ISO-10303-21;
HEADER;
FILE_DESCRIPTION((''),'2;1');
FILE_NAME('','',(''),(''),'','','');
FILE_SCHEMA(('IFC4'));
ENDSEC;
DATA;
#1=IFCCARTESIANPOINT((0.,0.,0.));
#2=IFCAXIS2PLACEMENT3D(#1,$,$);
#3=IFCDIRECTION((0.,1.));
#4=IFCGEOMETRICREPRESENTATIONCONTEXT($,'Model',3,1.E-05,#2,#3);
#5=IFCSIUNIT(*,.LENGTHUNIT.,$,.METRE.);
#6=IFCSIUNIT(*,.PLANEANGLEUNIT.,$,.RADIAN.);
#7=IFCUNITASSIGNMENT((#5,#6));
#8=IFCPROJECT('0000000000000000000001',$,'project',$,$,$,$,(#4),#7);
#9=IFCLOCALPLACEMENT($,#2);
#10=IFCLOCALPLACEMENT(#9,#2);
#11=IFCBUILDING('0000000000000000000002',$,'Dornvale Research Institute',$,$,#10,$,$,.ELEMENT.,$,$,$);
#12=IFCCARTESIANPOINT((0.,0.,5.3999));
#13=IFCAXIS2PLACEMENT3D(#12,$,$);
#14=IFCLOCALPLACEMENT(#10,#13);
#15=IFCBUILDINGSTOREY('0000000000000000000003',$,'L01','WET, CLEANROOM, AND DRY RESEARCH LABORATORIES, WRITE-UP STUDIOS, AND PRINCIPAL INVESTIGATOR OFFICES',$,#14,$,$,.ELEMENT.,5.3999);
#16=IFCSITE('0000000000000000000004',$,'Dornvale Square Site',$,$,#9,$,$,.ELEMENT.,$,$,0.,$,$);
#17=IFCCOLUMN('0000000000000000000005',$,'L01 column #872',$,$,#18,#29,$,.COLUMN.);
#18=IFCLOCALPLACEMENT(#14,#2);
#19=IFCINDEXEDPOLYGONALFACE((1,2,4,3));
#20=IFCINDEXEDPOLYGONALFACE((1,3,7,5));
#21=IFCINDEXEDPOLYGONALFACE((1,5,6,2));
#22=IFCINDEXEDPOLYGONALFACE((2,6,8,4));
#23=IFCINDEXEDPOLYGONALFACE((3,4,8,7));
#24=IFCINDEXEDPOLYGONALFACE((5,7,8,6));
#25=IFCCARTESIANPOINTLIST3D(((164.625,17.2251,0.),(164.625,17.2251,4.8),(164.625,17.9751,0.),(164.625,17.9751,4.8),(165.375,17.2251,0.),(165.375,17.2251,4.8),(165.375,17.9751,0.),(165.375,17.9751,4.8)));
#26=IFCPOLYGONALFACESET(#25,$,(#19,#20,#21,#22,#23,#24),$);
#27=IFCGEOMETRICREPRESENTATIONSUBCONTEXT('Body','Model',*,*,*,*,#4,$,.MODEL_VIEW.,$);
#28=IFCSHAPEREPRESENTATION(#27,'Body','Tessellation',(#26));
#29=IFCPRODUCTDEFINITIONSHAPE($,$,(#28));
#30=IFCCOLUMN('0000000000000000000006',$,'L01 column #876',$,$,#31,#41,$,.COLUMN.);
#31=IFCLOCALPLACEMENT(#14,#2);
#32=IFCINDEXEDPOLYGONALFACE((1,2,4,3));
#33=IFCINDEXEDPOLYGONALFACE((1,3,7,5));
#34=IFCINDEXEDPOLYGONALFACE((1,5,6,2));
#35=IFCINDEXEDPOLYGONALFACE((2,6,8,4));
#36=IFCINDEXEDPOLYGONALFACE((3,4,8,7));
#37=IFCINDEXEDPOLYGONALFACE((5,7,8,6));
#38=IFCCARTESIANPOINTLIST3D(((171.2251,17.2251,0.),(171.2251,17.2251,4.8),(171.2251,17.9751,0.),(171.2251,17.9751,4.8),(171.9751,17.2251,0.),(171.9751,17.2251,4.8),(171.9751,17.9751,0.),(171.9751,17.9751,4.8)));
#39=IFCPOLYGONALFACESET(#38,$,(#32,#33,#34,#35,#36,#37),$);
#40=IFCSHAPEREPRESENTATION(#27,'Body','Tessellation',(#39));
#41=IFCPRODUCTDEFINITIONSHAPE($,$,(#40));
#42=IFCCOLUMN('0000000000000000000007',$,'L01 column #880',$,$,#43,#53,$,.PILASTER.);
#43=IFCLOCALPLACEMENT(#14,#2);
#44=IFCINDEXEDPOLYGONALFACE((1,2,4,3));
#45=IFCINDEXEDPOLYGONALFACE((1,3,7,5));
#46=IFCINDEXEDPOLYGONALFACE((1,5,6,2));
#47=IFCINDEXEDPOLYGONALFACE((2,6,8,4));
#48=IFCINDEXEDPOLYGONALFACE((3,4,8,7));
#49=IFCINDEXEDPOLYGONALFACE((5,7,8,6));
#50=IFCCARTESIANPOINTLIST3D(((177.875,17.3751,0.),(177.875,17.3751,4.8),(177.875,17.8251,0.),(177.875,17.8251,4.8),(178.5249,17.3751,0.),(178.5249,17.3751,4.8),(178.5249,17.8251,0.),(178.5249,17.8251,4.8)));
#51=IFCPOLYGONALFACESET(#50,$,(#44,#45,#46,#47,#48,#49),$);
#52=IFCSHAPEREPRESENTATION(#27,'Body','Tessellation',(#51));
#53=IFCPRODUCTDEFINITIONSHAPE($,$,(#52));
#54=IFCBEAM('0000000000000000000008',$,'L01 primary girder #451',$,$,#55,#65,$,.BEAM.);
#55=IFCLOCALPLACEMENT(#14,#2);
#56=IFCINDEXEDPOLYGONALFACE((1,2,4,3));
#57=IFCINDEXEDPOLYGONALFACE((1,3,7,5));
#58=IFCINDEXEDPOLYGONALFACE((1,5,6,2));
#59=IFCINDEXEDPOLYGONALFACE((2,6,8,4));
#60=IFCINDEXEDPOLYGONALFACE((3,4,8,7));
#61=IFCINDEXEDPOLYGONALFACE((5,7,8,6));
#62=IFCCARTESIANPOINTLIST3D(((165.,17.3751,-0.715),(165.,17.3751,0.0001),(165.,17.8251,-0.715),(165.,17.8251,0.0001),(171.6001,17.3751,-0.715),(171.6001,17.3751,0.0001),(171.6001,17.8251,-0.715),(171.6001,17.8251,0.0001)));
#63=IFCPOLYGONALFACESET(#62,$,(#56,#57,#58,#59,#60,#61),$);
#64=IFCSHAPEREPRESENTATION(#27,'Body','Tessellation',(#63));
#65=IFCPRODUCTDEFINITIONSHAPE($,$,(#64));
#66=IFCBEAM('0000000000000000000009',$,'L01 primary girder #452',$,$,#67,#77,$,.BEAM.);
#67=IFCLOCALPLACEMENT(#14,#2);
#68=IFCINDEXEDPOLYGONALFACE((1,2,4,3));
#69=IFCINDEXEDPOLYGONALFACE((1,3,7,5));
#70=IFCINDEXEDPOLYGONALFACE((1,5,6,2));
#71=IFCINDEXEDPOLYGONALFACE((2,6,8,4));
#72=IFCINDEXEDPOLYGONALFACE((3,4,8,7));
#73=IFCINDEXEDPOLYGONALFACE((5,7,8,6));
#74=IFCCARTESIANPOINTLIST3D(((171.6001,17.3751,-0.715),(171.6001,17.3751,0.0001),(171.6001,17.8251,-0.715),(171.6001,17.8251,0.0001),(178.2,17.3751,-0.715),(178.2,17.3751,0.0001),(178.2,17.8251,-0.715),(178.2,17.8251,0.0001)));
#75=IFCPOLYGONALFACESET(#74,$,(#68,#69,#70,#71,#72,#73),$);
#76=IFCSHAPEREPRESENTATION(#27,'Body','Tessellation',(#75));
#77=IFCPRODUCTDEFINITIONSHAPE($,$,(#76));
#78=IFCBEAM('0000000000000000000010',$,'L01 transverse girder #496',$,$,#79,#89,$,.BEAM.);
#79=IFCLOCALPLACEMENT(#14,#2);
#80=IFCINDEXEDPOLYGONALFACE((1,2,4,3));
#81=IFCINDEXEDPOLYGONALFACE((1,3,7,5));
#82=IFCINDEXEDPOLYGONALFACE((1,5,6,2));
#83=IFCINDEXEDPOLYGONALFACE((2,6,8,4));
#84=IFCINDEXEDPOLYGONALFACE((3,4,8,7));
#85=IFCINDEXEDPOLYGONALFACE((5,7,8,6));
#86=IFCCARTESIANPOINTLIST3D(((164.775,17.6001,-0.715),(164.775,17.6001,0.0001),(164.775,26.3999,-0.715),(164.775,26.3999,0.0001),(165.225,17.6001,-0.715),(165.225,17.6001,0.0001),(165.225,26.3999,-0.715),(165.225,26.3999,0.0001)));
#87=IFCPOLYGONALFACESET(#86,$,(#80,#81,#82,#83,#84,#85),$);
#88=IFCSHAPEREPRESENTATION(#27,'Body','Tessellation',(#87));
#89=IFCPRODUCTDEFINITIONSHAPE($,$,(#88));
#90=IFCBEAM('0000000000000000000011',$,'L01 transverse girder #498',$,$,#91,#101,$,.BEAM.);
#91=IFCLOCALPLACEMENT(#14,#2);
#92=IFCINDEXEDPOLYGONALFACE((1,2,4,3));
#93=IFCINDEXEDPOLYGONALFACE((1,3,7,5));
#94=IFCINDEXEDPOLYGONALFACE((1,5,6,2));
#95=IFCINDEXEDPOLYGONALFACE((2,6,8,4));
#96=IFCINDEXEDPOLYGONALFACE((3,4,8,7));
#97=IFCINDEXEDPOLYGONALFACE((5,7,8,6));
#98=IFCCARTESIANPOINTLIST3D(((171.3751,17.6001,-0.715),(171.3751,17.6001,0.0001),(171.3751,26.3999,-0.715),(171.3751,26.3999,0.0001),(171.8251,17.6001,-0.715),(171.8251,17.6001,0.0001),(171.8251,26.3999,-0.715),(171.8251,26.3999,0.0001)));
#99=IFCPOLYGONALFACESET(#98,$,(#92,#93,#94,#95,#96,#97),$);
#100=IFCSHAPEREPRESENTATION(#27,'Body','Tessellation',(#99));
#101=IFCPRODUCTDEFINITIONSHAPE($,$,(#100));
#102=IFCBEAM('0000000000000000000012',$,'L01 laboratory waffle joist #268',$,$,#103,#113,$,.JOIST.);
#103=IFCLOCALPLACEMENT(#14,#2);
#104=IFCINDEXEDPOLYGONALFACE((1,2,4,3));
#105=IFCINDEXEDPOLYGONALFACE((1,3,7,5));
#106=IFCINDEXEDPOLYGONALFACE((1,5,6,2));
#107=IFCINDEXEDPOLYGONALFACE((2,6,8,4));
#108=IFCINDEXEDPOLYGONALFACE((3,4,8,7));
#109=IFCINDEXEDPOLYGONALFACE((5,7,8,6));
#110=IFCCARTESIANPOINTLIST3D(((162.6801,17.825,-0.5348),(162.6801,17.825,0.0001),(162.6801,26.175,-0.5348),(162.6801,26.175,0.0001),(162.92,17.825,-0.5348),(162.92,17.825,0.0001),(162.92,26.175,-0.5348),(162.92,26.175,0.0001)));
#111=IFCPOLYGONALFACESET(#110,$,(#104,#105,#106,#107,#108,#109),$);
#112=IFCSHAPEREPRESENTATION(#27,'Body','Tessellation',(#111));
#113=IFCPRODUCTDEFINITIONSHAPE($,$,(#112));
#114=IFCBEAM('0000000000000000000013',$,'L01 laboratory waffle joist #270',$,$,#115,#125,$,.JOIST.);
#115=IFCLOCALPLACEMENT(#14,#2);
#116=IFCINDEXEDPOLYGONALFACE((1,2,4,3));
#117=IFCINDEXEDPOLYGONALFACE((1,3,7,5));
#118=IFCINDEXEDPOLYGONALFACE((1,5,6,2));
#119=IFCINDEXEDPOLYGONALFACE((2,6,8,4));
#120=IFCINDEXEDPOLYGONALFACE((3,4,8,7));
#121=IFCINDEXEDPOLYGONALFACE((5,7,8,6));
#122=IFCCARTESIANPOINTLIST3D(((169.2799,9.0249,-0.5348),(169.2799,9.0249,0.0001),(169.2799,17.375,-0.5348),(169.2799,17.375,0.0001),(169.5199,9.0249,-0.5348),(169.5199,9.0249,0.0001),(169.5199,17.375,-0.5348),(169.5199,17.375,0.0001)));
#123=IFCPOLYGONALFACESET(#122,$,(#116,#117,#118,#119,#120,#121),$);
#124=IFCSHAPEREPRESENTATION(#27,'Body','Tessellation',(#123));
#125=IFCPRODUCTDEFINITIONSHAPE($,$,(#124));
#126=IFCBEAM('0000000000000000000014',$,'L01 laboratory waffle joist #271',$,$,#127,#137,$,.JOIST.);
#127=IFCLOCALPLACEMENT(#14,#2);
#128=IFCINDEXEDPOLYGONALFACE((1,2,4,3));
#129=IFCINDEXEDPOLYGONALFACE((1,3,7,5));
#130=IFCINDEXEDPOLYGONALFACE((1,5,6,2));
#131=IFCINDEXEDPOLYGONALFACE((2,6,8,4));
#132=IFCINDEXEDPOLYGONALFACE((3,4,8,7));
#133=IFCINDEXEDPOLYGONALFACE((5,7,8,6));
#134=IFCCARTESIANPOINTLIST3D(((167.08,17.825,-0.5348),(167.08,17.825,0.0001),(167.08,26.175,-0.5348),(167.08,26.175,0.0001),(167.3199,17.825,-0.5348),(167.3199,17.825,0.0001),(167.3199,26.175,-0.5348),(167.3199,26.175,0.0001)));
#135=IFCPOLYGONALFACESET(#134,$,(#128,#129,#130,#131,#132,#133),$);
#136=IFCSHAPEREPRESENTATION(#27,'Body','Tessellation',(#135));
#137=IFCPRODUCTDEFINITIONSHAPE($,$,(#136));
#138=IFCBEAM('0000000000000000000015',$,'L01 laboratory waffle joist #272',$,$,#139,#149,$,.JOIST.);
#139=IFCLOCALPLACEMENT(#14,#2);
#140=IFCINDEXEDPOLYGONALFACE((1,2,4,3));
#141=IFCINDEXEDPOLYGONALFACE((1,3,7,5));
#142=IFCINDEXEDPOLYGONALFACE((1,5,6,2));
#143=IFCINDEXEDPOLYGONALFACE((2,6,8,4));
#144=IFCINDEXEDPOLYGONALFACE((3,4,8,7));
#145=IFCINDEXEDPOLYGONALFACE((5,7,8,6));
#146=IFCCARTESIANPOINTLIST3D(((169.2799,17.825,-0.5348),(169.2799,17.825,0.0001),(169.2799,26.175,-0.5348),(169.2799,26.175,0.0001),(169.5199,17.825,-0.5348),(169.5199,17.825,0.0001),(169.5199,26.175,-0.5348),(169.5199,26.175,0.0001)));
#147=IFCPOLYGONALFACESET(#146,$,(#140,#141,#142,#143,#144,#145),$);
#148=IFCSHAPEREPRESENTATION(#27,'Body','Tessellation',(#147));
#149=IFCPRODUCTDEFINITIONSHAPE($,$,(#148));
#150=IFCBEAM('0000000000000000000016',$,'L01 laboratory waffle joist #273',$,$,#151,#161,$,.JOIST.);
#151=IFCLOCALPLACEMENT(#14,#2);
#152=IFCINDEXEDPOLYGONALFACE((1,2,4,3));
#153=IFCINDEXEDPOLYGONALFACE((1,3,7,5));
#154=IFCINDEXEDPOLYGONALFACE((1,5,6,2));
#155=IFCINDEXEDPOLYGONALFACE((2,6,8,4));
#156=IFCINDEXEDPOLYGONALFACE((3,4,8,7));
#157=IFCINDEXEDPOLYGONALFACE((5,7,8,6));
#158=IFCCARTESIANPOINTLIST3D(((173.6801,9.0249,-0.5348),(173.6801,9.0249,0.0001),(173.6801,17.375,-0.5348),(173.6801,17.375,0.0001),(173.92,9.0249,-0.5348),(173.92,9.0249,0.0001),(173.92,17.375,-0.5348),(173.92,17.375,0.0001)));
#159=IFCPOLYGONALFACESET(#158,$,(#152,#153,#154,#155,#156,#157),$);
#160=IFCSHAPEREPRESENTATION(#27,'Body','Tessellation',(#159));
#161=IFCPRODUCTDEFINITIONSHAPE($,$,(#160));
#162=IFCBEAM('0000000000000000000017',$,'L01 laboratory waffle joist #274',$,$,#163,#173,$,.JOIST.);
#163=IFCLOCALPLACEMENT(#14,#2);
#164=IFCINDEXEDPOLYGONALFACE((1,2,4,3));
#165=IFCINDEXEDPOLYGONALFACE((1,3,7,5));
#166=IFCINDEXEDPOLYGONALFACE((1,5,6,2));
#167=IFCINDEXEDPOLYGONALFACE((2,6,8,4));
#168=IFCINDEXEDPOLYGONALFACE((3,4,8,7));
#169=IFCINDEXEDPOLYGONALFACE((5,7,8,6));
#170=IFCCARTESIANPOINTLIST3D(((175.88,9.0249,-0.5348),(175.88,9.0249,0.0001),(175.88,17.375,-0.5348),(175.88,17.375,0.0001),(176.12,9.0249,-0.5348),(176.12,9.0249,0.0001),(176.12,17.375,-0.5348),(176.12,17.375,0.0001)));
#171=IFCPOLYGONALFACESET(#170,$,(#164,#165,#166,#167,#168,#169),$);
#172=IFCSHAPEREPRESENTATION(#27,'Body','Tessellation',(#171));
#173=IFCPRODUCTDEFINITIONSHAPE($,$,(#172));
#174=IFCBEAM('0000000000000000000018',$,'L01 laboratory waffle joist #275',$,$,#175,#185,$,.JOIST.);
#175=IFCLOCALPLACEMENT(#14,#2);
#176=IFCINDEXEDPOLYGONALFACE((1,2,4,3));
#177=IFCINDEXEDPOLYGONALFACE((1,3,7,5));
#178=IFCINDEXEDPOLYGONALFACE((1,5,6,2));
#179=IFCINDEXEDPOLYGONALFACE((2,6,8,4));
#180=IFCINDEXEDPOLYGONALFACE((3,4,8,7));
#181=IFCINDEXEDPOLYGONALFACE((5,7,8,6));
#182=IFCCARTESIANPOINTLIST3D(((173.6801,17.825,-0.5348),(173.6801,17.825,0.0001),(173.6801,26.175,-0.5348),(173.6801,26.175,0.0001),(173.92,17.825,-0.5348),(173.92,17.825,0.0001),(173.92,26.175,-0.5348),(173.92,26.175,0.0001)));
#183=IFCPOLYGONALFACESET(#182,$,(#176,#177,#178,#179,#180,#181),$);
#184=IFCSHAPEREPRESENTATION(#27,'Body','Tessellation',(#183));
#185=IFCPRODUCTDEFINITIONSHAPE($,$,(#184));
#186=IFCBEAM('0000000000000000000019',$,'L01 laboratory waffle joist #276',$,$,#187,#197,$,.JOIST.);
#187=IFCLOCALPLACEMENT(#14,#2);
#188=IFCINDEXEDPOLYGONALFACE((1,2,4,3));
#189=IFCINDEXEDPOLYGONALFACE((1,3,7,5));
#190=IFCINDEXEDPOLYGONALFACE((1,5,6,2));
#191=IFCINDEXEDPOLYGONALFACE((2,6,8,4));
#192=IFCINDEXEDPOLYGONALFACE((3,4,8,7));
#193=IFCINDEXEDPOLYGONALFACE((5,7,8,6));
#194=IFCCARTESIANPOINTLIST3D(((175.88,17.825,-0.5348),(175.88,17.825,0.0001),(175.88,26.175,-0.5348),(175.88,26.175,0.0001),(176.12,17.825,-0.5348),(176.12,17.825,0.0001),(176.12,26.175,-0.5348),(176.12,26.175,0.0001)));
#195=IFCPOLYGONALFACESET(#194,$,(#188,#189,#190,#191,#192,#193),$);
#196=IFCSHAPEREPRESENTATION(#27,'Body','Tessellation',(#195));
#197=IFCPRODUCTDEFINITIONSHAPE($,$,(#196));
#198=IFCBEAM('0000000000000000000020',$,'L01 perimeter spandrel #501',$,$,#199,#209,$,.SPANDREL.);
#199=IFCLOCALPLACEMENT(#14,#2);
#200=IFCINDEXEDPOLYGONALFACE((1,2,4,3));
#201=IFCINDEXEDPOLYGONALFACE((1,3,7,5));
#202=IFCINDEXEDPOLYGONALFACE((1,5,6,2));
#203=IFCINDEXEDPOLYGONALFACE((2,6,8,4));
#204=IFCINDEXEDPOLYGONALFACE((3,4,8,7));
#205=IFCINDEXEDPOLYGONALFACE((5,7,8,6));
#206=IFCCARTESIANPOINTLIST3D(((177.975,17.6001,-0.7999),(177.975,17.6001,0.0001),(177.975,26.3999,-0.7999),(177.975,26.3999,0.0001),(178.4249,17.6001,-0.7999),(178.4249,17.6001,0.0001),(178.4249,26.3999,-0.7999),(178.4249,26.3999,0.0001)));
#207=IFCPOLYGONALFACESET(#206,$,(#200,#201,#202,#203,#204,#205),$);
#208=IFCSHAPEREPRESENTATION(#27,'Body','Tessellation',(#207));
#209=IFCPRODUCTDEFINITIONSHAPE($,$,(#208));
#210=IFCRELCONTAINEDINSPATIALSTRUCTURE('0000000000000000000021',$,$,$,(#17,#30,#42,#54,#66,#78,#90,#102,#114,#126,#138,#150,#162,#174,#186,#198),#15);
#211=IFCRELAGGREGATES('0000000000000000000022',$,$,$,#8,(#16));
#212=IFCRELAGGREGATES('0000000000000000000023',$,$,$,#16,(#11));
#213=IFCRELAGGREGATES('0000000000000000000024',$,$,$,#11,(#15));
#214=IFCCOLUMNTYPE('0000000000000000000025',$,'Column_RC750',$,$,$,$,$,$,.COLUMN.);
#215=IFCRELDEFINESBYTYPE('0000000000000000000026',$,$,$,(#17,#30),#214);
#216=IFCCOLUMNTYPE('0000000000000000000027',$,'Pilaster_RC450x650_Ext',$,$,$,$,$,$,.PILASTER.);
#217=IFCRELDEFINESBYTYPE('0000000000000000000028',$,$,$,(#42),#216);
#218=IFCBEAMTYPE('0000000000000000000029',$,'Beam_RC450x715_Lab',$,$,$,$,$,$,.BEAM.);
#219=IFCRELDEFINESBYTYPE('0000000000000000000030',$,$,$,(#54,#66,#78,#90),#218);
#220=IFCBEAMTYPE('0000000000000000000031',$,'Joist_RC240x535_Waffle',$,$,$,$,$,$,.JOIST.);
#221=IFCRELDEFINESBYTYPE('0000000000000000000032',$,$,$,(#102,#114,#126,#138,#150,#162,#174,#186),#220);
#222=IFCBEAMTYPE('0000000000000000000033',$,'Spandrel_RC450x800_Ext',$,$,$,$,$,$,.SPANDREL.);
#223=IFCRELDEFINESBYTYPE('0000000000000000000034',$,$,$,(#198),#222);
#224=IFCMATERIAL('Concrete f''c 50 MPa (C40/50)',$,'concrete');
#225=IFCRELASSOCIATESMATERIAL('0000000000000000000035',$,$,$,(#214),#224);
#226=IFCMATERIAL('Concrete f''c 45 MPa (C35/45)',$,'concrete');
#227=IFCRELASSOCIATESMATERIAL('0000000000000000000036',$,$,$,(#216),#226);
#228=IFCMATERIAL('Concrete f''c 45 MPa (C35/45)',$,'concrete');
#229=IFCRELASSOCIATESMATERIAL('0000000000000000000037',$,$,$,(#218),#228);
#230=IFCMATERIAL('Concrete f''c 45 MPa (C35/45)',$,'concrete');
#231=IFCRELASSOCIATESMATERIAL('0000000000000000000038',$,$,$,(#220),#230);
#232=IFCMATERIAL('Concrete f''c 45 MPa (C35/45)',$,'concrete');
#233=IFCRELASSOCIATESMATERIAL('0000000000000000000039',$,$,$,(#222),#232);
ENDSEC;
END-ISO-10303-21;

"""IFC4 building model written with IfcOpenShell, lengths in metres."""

from ifc_helpers import new_model, si_unit, direction, frame, origin, origin_2d, place, context, subcontext, project, spatial, rectangle, extrude, material, material_profile, profile_set, type_object, element, save


model = new_model("IFC4")

# Units and contexts
model_context = context("Model", 3, precision=1e-05, world=origin(), true_north=direction((0.0, 1.0)))
body_context = subcontext(model_context, "Body", "Model", "MODEL_VIEW")
ifc_project = project(units=[si_unit("LENGTHUNIT", "METRE"), si_unit("PLANEANGLEUNIT", "RADIAN")], contexts=[model_context])

# Site, building, storey
site_placement = place(None, origin())
site = spatial("IfcSite", under=ifc_project, at=site_placement, Name="Dornvale Square Site", CompositionType="ELEMENT", RefElevation=0.0)
building_placement = place(site_placement, origin())
building = spatial("IfcBuilding", under=site, at=building_placement, Name="Dornvale Research Institute", CompositionType="ELEMENT")
storey_placement = place(building_placement, frame((0.0, 0.0, 5.3999)))
storey = spatial("IfcBuildingStorey", under=building, at=storey_placement, Name="L01", Description="WET, CLEANROOM, AND DRY RESEARCH LABORATORIES, WRITE-UP STUDIOS, AND PRINCIPAL INVESTIGATOR OFFICES", CompositionType="ELEMENT", Elevation=5.3999)

# Columns
ifc_material_1 = material(Name="Concrete f'c 50 MPa (C40/50)", Category="concrete")
ifc_material_profile_1 = material_profile(ifc_material_1, rectangle(XDim=0.75, YDim=0.75, at=origin_2d()), Name="RC 750x750")
ifc_profile_set_1 = profile_set([ifc_material_profile_1], Name="Concrete f'c 50 MPa (C40/50)")
column_type_1 = type_object("IfcColumnType", Name="Column_RC750", PredefinedType="COLUMN", material=ifc_profile_set_1)
for number, where, z_axis, x_axis, name in (
    (1, (165.0, 17.6001, 0.0), (0.0, 0.0, 1.0), (1.0, 0.0, 0.0), "L01 column #872"),
    (2, (171.6001, 17.6001, 0.0), (0.0, 0.0, 1.0), (1.0, 0.0, 0.0), "L01 column #876"),
):
    element("IfcColumn", number, at=place(storey_placement, frame(where, z_axis=z_axis, x_axis=x_axis)), inside=storey, type_object=column_type_1, Name=name, PredefinedType="COLUMN", context=body_context, shape_type="SweptSolid", body=[
        extrude(rectangle(XDim=0.75, YDim=0.75, at=origin_2d()), origin(), (0.0, 0.0, 1.0), 4.8),
    ])
ifc_material_2 = material(Name="Concrete f'c 45 MPa (C35/45)", Category="concrete")
ifc_material_profile_2 = material_profile(ifc_material_2, rectangle(XDim=0.45, YDim=0.6499, at=origin_2d()), Name="RC 450x650")
ifc_profile_set_2 = profile_set([ifc_material_profile_2], Name="Concrete f'c 45 MPa (C35/45)")
column_type_2 = type_object("IfcColumnType", Name="Pilaster_RC450x650_Ext", PredefinedType="PILASTER", material=ifc_profile_set_2)
column_placement = place(storey_placement, frame((178.2, 17.6001, 0.0), z_axis=(0.0, 0.0, 1.0), x_axis=(0.0, 1.0, 0.0)))
element("IfcColumn", 3, at=column_placement, inside=storey, type_object=column_type_2, Name="L01 column #880", PredefinedType="PILASTER", context=body_context, shape_type="SweptSolid", body=[
    extrude(rectangle(XDim=0.45, YDim=0.6499, at=origin_2d()), origin(), (0.0, 0.0, 1.0), 4.8),
])

# Beams
ifc_material_3 = material(Name="Concrete f'c 45 MPa (C35/45)", Category="concrete")
ifc_material_profile_3 = material_profile(ifc_material_3, rectangle(XDim=0.45, YDim=0.7151, at=origin_2d()), Name="RC 450x715")
ifc_profile_set_3 = profile_set([ifc_material_profile_3], Name="Concrete f'c 45 MPa (C35/45)")
beam_type_1 = type_object("IfcBeamType", Name="Beam_RC450x715_Lab", PredefinedType="BEAM", material=ifc_profile_set_3)
beam_1_placement = place(storey_placement, frame((165.0, 17.6001, -0.3574), z_axis=(1.0, 0.0, 0.0), x_axis=(0.0, 1.0, 0.0)))
element("IfcBeam", 4, at=beam_1_placement, inside=storey, type_object=beam_type_1, Name="L01 primary girder #451", PredefinedType="BEAM", context=body_context, shape_type="SweptSolid", body=[
    extrude(rectangle(XDim=0.45, YDim=0.7151, at=origin_2d()), origin(), (0.0, 0.0, 1.0), 6.6001),
])
beam_2_placement = place(storey_placement, frame((171.6001, 17.6001, -0.3574), z_axis=(1.0, 0.0, 0.0), x_axis=(0.0, 1.0, 0.0)))
element("IfcBeam", 5, at=beam_2_placement, inside=storey, type_object=beam_type_1, Name="L01 primary girder #452", PredefinedType="BEAM", context=body_context, shape_type="SweptSolid", body=[
    extrude(rectangle(XDim=0.45, YDim=0.7151, at=origin_2d()), origin(), (0.0, 0.0, 1.0), 6.5999),
])
for number, where, z_axis, x_axis, name in (
    (6, (165.0, 17.6001, -0.3574), (0.0, 1.0, 0.0), (-1.0, 0.0, 0.0), "L01 transverse girder #496"),
    (7, (171.6001, 17.6001, -0.3574), (0.0, 1.0, 0.0), (-1.0, 0.0, 0.0), "L01 transverse girder #498"),
):
    element("IfcBeam", number, at=place(storey_placement, frame(where, z_axis=z_axis, x_axis=x_axis)), inside=storey, type_object=beam_type_1, Name=name, PredefinedType="BEAM", context=body_context, shape_type="SweptSolid", body=[
        extrude(rectangle(XDim=0.45, YDim=0.7151, at=origin_2d()), origin(), (0.0, 0.0, 1.0), 8.7998),
    ])
ifc_material_4 = material(Name="Concrete f'c 45 MPa (C35/45)", Category="concrete")
ifc_material_profile_4 = material_profile(ifc_material_4, rectangle(XDim=0.24, YDim=0.5349, at=origin_2d()), Name="RC 240x535")
ifc_profile_set_4 = profile_set([ifc_material_profile_4], Name="Concrete f'c 45 MPa (C35/45)")
beam_type_2 = type_object("IfcBeamType", Name="Joist_RC240x535_Waffle", PredefinedType="JOIST", material=ifc_profile_set_4)
for number, where, z_axis, x_axis, name in (
    (8, (162.8, 17.825, -0.2673), (0.0, 1.0, 0.0), (-1.0, 0.0, 0.0), "L01 laboratory waffle joist #268"),
    (9, (169.3999, 9.0249, -0.2673), (0.0, 1.0, 0.0), (-1.0, 0.0, 0.0), "L01 laboratory waffle joist #270"),
    (10, (167.2, 17.825, -0.2673), (0.0, 1.0, 0.0), (-1.0, 0.0, 0.0), "L01 laboratory waffle joist #271"),
    (11, (169.3999, 17.825, -0.2673), (0.0, 1.0, 0.0), (-1.0, 0.0, 0.0), "L01 laboratory waffle joist #272"),
    (12, (173.8, 9.0249, -0.2673), (0.0, 1.0, 0.0), (-1.0, 0.0, 0.0), "L01 laboratory waffle joist #273"),
    (13, (176.0, 9.0249, -0.2673), (0.0, 1.0, 0.0), (-1.0, 0.0, 0.0), "L01 laboratory waffle joist #274"),
    (14, (173.8, 17.825, -0.2673), (0.0, 1.0, 0.0), (-1.0, 0.0, 0.0), "L01 laboratory waffle joist #275"),
    (15, (176.0, 17.825, -0.2673), (0.0, 1.0, 0.0), (-1.0, 0.0, 0.0), "L01 laboratory waffle joist #276"),
):
    element("IfcBeam", number, at=place(storey_placement, frame(where, z_axis=z_axis, x_axis=x_axis)), inside=storey, type_object=beam_type_2, Name=name, PredefinedType="JOIST", context=body_context, shape_type="SweptSolid", body=[
        extrude(rectangle(XDim=0.24, YDim=0.5349, at=origin_2d()), origin(), (0.0, 0.0, 1.0), 8.3501),
    ])
ifc_material_5 = material(Name="Concrete f'c 45 MPa (C35/45)", Category="concrete")
ifc_material_profile_5 = material_profile(ifc_material_5, rectangle(XDim=0.45, YDim=0.8, at=origin_2d()), Name="RC 450x800")
ifc_profile_set_5 = profile_set([ifc_material_profile_5], Name="Concrete f'c 45 MPa (C35/45)")
beam_type_3 = type_object("IfcBeamType", Name="Spandrel_RC450x800_Ext", PredefinedType="SPANDREL", material=ifc_profile_set_5)
beam_3_placement = place(storey_placement, frame((178.2, 17.6001, -0.3999), z_axis=(0.0, 1.0, 0.0), x_axis=(-1.0, 0.0, 0.0)))
element("IfcBeam", 16, at=beam_3_placement, inside=storey, type_object=beam_type_3, Name="L01 perimeter spandrel #501", PredefinedType="SPANDREL", context=body_context, shape_type="SweptSolid", body=[
    extrude(rectangle(XDim=0.45, YDim=0.8, at=origin_2d()), origin(), (0.0, 0.0, 1.0), 8.7998),
])

save(model, "model.ifc")
